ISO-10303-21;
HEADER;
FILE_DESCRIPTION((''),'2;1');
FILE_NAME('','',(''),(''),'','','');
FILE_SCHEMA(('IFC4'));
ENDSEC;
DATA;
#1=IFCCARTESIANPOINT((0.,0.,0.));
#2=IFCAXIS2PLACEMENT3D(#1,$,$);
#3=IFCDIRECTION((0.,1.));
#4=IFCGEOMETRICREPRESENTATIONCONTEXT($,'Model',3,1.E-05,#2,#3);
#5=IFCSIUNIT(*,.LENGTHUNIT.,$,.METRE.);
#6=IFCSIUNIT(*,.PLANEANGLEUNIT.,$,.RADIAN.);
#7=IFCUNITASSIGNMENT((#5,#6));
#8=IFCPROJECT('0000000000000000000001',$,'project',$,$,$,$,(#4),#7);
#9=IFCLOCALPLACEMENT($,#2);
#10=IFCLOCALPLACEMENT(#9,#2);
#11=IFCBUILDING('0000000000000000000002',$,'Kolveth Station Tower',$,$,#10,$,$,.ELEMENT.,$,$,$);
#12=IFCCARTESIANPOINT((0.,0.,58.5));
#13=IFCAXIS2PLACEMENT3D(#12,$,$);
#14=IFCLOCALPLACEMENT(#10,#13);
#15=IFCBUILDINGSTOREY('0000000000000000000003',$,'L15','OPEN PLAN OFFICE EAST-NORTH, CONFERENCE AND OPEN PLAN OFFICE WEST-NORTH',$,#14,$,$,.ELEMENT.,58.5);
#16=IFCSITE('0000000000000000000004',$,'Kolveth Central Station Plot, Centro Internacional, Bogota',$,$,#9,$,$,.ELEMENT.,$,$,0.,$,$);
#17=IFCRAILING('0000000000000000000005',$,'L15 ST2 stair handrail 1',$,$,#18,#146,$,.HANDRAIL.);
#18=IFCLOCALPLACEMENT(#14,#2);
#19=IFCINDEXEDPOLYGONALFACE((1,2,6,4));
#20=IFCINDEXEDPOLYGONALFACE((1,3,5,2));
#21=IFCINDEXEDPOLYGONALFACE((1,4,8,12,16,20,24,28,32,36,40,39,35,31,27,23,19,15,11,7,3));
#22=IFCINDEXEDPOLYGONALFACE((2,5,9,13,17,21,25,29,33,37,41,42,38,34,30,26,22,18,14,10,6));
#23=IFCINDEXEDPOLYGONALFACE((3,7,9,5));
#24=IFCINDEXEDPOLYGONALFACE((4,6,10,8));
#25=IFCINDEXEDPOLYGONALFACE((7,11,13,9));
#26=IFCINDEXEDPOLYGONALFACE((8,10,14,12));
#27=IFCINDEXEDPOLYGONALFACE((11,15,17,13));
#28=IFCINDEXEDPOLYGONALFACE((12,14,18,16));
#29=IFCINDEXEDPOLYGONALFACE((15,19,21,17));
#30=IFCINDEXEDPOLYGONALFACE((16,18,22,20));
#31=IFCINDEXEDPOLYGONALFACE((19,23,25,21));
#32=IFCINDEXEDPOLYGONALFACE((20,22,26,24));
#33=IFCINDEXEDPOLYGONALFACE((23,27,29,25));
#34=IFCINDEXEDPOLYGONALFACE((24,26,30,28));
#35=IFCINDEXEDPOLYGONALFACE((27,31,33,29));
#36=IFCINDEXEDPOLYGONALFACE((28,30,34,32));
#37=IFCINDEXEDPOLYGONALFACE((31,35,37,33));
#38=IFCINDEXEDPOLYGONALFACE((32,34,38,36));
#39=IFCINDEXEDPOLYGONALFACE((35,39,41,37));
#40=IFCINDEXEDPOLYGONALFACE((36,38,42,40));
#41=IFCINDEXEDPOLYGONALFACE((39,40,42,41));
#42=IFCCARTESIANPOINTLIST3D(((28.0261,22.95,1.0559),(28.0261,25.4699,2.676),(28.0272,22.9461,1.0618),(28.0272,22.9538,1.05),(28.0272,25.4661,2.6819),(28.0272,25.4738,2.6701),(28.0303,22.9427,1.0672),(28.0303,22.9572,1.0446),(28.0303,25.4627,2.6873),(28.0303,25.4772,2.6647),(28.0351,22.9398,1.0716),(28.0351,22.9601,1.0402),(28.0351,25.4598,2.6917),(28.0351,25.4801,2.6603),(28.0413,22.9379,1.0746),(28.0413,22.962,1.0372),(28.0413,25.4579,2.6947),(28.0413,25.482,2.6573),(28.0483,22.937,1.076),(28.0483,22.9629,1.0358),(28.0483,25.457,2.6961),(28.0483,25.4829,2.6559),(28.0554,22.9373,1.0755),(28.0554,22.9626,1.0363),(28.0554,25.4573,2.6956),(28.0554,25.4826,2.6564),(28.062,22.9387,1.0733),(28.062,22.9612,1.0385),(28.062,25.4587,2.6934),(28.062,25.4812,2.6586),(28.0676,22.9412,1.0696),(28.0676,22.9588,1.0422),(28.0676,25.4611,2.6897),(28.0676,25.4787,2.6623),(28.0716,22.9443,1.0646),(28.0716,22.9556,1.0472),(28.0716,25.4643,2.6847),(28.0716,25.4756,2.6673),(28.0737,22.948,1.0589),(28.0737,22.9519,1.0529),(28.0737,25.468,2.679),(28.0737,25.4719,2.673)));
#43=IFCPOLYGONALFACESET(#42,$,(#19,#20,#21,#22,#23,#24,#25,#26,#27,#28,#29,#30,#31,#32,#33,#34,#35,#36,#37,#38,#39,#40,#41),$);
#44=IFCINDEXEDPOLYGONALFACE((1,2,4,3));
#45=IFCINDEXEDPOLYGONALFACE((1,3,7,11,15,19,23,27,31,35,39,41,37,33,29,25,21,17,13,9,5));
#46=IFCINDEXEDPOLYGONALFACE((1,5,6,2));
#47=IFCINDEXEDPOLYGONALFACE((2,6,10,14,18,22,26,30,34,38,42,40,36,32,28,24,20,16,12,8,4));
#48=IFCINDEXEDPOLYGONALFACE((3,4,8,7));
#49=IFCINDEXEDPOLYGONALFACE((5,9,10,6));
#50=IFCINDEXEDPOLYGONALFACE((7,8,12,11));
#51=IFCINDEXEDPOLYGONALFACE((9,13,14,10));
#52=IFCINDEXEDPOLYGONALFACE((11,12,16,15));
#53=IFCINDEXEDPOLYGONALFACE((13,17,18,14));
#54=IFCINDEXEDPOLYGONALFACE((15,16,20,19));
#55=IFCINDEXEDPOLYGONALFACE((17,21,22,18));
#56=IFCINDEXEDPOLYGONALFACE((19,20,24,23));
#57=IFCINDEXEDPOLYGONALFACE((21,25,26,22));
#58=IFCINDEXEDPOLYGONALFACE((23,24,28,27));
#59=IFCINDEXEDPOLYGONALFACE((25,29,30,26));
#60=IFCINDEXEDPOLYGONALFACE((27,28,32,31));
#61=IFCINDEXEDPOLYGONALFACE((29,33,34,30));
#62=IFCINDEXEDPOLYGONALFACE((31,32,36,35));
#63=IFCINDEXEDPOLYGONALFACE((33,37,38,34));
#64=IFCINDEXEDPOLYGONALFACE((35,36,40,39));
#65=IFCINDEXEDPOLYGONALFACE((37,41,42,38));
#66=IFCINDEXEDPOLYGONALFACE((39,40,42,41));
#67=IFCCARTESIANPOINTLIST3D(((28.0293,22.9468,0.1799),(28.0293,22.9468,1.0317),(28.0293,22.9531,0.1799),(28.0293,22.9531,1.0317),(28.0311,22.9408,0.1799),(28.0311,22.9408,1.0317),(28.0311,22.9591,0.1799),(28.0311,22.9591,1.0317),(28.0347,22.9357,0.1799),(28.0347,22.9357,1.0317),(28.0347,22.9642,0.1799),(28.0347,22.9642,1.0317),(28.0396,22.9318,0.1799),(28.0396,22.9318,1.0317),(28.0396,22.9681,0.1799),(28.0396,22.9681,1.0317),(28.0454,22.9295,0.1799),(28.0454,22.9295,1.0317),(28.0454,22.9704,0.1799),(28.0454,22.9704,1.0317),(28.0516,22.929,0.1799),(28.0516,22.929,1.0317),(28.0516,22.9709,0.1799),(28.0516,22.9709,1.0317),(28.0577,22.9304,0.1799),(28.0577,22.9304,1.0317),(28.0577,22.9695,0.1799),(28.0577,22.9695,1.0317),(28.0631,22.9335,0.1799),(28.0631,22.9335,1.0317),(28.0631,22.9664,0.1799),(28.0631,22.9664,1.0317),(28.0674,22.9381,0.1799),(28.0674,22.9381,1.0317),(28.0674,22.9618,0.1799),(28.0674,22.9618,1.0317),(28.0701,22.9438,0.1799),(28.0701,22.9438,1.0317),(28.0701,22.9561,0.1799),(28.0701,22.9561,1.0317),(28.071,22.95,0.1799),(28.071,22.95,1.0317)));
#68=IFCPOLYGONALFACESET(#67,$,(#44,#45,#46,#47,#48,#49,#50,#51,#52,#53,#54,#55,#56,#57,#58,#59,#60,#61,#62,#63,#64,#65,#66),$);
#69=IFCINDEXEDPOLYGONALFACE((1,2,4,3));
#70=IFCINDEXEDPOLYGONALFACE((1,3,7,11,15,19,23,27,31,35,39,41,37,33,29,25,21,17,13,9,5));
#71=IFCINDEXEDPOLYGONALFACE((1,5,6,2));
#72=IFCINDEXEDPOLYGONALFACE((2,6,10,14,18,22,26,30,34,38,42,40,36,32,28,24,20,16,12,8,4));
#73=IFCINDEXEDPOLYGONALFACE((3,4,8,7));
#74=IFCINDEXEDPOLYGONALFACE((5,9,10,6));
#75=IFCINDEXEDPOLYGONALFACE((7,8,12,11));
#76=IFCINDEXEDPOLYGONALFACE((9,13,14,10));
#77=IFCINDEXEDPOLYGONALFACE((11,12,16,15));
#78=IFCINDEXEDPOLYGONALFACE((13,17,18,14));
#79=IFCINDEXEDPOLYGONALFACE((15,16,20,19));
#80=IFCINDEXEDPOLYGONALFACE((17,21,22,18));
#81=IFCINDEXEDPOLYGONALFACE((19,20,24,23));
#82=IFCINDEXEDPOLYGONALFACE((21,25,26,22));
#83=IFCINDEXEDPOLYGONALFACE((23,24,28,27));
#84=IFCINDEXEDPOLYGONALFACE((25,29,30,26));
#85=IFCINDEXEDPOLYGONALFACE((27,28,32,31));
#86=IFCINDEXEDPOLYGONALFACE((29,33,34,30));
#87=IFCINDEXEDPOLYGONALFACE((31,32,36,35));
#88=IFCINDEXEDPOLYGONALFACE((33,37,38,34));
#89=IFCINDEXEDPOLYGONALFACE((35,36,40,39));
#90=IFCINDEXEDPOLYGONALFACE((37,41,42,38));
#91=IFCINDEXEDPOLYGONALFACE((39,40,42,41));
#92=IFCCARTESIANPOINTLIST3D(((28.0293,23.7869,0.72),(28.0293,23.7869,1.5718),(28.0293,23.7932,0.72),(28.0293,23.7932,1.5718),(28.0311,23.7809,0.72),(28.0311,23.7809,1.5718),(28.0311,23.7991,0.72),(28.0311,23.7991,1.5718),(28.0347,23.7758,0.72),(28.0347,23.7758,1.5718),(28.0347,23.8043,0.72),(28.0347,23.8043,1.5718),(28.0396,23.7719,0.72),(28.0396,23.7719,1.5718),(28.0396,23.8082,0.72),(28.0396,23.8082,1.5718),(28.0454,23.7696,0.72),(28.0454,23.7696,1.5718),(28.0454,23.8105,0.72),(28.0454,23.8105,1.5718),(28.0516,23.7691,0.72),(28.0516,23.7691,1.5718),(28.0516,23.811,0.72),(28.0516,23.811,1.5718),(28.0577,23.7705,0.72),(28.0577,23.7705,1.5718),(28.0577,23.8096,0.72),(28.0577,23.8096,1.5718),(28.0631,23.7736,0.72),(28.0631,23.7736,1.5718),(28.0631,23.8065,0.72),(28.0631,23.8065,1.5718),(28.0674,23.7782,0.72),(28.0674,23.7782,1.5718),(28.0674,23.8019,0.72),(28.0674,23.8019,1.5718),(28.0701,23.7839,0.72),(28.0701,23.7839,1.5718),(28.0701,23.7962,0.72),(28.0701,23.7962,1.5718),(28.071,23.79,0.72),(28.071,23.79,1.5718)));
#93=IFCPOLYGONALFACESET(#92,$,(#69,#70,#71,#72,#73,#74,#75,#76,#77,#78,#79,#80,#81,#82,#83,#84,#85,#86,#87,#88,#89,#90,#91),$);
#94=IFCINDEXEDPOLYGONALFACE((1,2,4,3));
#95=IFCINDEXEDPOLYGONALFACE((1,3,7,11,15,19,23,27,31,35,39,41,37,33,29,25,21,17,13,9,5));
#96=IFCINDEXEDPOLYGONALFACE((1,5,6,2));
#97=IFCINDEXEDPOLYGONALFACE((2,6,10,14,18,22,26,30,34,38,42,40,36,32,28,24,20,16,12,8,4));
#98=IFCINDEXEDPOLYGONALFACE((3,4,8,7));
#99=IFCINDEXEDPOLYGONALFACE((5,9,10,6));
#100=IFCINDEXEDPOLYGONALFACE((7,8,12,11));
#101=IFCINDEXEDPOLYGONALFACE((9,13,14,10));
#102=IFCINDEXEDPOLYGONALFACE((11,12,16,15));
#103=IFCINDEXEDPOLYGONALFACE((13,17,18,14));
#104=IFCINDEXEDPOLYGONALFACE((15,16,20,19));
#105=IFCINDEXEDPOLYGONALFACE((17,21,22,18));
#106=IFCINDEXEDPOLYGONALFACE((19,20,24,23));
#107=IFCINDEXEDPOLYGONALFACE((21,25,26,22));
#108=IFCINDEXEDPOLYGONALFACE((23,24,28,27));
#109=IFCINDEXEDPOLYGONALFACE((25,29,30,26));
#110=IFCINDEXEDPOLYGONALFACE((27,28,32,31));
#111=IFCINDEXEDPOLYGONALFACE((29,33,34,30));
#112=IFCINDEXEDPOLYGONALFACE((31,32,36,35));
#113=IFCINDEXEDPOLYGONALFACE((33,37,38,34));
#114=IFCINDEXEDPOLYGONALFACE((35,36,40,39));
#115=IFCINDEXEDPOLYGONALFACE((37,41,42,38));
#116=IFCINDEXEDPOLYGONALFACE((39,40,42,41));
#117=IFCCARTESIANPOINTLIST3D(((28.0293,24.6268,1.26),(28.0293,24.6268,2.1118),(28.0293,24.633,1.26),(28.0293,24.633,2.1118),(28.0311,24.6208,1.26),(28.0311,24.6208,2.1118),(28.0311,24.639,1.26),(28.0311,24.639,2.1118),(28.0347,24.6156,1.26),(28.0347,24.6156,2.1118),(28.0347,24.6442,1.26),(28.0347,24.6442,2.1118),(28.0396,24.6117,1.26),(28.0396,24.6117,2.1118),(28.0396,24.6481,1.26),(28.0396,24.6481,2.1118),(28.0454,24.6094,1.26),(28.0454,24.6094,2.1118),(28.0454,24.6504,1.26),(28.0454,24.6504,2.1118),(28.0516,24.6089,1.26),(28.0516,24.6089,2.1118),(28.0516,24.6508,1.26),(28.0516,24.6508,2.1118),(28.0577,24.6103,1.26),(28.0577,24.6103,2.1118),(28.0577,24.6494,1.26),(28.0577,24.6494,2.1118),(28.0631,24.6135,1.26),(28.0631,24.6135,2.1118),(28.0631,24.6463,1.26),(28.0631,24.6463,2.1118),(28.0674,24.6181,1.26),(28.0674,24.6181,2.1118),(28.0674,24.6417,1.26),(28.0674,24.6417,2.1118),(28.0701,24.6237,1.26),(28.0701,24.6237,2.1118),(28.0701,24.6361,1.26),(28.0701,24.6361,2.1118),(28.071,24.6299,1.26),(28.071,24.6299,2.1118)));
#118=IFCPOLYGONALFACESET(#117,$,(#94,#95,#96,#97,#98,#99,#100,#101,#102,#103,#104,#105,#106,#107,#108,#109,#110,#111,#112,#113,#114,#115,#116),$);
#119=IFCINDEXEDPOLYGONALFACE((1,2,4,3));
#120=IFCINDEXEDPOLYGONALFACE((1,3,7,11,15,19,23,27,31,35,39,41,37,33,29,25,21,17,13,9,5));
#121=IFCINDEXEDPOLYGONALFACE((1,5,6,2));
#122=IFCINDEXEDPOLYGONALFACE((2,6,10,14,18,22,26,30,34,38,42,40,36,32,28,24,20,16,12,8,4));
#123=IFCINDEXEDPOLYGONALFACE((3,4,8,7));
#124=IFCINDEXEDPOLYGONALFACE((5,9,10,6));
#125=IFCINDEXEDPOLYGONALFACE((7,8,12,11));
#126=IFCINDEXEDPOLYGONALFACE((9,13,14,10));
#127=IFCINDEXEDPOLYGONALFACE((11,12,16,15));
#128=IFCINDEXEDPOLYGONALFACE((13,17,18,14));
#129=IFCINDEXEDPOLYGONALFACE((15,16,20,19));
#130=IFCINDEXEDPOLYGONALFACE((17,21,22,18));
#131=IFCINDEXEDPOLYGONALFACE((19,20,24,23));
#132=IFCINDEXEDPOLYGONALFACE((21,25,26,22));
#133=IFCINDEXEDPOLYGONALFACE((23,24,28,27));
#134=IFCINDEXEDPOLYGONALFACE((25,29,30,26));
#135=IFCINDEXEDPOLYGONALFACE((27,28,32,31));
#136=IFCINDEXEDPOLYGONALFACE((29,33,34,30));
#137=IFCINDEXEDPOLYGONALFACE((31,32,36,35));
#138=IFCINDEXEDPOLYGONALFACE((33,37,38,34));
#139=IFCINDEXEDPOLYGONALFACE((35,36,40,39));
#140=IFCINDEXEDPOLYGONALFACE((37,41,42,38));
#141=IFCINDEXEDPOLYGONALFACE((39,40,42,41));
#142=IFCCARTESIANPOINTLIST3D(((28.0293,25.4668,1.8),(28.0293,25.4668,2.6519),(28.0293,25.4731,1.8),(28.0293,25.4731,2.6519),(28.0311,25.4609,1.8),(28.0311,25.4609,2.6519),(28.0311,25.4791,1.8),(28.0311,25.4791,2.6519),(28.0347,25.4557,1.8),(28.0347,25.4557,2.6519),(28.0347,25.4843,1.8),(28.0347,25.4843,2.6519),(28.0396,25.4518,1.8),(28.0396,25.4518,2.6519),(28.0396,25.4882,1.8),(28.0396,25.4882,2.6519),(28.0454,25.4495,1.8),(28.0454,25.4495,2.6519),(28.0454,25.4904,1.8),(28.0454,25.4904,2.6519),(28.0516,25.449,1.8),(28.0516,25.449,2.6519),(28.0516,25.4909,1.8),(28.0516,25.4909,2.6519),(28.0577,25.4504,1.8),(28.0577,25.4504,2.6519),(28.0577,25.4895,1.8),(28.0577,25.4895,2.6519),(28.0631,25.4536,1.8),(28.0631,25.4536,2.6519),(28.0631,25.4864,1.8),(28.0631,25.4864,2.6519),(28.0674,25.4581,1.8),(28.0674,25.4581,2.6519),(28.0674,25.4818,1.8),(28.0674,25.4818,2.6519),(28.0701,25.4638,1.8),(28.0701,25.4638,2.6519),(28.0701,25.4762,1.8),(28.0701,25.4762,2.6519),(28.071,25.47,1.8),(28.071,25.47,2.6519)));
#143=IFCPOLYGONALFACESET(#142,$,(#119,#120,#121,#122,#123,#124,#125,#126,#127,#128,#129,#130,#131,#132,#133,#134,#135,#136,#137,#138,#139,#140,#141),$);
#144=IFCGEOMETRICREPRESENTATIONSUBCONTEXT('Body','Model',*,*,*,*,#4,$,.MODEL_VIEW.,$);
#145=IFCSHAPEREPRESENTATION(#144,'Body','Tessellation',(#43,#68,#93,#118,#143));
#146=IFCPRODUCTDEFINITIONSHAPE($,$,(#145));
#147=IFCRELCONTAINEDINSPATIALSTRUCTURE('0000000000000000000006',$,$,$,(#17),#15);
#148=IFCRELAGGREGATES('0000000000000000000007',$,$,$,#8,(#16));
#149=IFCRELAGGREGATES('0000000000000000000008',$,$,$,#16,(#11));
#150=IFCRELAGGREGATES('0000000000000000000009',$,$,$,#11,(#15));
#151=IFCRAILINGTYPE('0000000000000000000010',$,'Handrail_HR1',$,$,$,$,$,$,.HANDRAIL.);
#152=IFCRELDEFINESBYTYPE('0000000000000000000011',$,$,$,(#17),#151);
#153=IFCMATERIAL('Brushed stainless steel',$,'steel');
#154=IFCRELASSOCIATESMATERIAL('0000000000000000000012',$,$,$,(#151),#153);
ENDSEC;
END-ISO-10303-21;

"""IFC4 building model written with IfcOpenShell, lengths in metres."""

from ifc_helpers import new_model, si_unit, direction, frame, origin, origin_2d, place, context, subcontext, project, spatial, circle, extrude, material, type_object, element, save


model = new_model("IFC4")

# Units and contexts
model_context = context("Model", 3, precision=1e-05, world=origin(), true_north=direction((0.0, 1.0)))
body_context = subcontext(model_context, "Body", "Model", "MODEL_VIEW")
ifc_project = project(units=[si_unit("LENGTHUNIT", "METRE"), si_unit("PLANEANGLEUNIT", "RADIAN")], contexts=[model_context])

# Site, building, storey
site_placement = place(None, origin())
site = spatial("IfcSite", under=ifc_project, at=site_placement, Name="Kolveth Central Station Plot, Centro Internacional, Bogota", CompositionType="ELEMENT", RefElevation=0.0)
building_placement = place(site_placement, origin())
building = spatial("IfcBuilding", under=site, at=building_placement, Name="Kolveth Station Tower", CompositionType="ELEMENT")
storey_placement = place(building_placement, frame((0.0, 0.0, 58.5)))
storey = spatial("IfcBuildingStorey", under=building, at=storey_placement, Name="L15", Description="OPEN PLAN OFFICE EAST-NORTH, CONFERENCE AND OPEN PLAN OFFICE WEST-NORTH", CompositionType="ELEMENT", Elevation=58.5)

# Railing
ifc_material_1 = material(Name="Brushed stainless steel", Category="steel")
railing_type_1 = type_object("IfcRailingType", Name="Handrail_HR1", PredefinedType="HANDRAIL", material=ifc_material_1)
railing_1_placement = place(storey_placement, frame((28.05, 22.95, 0.1799)))
element("IfcRailing", 1, at=railing_1_placement, inside=storey, type_object=railing_type_1, Name="L15 ST2 stair handrail 1", PredefinedType="HANDRAIL", context=body_context, shape_type="SweptSolid", body=[
    extrude(circle(Radius=0.0239, at=origin_2d()), frame((0.0, 0.0, 0.876), z_axis=(0.0, 0.841163, 0.540782), x_axis=(-1.0, 0.0, 0.0)), (0.0, 0.0, 1.0), 2.9958),
    extrude(circle(Radius=0.021, at=origin_2d()), origin(), (0.0, 0.0, 1.0), 0.8518),
    extrude(circle(Radius=0.021, at=origin_2d()), frame((0.0, 0.8401, 0.54)), (0.0, 0.0, 1.0), 0.8518),
    extrude(circle(Radius=0.021, at=origin_2d()), frame((0.0, 1.6799, 1.0801)), (0.0, 0.0, 1.0), 0.8518),
    extrude(circle(Radius=0.021, at=origin_2d()), frame((0.0, 2.52, 1.6201)), (0.0, 0.0, 1.0), 0.8518),
])

save(model, "model.ifc")
